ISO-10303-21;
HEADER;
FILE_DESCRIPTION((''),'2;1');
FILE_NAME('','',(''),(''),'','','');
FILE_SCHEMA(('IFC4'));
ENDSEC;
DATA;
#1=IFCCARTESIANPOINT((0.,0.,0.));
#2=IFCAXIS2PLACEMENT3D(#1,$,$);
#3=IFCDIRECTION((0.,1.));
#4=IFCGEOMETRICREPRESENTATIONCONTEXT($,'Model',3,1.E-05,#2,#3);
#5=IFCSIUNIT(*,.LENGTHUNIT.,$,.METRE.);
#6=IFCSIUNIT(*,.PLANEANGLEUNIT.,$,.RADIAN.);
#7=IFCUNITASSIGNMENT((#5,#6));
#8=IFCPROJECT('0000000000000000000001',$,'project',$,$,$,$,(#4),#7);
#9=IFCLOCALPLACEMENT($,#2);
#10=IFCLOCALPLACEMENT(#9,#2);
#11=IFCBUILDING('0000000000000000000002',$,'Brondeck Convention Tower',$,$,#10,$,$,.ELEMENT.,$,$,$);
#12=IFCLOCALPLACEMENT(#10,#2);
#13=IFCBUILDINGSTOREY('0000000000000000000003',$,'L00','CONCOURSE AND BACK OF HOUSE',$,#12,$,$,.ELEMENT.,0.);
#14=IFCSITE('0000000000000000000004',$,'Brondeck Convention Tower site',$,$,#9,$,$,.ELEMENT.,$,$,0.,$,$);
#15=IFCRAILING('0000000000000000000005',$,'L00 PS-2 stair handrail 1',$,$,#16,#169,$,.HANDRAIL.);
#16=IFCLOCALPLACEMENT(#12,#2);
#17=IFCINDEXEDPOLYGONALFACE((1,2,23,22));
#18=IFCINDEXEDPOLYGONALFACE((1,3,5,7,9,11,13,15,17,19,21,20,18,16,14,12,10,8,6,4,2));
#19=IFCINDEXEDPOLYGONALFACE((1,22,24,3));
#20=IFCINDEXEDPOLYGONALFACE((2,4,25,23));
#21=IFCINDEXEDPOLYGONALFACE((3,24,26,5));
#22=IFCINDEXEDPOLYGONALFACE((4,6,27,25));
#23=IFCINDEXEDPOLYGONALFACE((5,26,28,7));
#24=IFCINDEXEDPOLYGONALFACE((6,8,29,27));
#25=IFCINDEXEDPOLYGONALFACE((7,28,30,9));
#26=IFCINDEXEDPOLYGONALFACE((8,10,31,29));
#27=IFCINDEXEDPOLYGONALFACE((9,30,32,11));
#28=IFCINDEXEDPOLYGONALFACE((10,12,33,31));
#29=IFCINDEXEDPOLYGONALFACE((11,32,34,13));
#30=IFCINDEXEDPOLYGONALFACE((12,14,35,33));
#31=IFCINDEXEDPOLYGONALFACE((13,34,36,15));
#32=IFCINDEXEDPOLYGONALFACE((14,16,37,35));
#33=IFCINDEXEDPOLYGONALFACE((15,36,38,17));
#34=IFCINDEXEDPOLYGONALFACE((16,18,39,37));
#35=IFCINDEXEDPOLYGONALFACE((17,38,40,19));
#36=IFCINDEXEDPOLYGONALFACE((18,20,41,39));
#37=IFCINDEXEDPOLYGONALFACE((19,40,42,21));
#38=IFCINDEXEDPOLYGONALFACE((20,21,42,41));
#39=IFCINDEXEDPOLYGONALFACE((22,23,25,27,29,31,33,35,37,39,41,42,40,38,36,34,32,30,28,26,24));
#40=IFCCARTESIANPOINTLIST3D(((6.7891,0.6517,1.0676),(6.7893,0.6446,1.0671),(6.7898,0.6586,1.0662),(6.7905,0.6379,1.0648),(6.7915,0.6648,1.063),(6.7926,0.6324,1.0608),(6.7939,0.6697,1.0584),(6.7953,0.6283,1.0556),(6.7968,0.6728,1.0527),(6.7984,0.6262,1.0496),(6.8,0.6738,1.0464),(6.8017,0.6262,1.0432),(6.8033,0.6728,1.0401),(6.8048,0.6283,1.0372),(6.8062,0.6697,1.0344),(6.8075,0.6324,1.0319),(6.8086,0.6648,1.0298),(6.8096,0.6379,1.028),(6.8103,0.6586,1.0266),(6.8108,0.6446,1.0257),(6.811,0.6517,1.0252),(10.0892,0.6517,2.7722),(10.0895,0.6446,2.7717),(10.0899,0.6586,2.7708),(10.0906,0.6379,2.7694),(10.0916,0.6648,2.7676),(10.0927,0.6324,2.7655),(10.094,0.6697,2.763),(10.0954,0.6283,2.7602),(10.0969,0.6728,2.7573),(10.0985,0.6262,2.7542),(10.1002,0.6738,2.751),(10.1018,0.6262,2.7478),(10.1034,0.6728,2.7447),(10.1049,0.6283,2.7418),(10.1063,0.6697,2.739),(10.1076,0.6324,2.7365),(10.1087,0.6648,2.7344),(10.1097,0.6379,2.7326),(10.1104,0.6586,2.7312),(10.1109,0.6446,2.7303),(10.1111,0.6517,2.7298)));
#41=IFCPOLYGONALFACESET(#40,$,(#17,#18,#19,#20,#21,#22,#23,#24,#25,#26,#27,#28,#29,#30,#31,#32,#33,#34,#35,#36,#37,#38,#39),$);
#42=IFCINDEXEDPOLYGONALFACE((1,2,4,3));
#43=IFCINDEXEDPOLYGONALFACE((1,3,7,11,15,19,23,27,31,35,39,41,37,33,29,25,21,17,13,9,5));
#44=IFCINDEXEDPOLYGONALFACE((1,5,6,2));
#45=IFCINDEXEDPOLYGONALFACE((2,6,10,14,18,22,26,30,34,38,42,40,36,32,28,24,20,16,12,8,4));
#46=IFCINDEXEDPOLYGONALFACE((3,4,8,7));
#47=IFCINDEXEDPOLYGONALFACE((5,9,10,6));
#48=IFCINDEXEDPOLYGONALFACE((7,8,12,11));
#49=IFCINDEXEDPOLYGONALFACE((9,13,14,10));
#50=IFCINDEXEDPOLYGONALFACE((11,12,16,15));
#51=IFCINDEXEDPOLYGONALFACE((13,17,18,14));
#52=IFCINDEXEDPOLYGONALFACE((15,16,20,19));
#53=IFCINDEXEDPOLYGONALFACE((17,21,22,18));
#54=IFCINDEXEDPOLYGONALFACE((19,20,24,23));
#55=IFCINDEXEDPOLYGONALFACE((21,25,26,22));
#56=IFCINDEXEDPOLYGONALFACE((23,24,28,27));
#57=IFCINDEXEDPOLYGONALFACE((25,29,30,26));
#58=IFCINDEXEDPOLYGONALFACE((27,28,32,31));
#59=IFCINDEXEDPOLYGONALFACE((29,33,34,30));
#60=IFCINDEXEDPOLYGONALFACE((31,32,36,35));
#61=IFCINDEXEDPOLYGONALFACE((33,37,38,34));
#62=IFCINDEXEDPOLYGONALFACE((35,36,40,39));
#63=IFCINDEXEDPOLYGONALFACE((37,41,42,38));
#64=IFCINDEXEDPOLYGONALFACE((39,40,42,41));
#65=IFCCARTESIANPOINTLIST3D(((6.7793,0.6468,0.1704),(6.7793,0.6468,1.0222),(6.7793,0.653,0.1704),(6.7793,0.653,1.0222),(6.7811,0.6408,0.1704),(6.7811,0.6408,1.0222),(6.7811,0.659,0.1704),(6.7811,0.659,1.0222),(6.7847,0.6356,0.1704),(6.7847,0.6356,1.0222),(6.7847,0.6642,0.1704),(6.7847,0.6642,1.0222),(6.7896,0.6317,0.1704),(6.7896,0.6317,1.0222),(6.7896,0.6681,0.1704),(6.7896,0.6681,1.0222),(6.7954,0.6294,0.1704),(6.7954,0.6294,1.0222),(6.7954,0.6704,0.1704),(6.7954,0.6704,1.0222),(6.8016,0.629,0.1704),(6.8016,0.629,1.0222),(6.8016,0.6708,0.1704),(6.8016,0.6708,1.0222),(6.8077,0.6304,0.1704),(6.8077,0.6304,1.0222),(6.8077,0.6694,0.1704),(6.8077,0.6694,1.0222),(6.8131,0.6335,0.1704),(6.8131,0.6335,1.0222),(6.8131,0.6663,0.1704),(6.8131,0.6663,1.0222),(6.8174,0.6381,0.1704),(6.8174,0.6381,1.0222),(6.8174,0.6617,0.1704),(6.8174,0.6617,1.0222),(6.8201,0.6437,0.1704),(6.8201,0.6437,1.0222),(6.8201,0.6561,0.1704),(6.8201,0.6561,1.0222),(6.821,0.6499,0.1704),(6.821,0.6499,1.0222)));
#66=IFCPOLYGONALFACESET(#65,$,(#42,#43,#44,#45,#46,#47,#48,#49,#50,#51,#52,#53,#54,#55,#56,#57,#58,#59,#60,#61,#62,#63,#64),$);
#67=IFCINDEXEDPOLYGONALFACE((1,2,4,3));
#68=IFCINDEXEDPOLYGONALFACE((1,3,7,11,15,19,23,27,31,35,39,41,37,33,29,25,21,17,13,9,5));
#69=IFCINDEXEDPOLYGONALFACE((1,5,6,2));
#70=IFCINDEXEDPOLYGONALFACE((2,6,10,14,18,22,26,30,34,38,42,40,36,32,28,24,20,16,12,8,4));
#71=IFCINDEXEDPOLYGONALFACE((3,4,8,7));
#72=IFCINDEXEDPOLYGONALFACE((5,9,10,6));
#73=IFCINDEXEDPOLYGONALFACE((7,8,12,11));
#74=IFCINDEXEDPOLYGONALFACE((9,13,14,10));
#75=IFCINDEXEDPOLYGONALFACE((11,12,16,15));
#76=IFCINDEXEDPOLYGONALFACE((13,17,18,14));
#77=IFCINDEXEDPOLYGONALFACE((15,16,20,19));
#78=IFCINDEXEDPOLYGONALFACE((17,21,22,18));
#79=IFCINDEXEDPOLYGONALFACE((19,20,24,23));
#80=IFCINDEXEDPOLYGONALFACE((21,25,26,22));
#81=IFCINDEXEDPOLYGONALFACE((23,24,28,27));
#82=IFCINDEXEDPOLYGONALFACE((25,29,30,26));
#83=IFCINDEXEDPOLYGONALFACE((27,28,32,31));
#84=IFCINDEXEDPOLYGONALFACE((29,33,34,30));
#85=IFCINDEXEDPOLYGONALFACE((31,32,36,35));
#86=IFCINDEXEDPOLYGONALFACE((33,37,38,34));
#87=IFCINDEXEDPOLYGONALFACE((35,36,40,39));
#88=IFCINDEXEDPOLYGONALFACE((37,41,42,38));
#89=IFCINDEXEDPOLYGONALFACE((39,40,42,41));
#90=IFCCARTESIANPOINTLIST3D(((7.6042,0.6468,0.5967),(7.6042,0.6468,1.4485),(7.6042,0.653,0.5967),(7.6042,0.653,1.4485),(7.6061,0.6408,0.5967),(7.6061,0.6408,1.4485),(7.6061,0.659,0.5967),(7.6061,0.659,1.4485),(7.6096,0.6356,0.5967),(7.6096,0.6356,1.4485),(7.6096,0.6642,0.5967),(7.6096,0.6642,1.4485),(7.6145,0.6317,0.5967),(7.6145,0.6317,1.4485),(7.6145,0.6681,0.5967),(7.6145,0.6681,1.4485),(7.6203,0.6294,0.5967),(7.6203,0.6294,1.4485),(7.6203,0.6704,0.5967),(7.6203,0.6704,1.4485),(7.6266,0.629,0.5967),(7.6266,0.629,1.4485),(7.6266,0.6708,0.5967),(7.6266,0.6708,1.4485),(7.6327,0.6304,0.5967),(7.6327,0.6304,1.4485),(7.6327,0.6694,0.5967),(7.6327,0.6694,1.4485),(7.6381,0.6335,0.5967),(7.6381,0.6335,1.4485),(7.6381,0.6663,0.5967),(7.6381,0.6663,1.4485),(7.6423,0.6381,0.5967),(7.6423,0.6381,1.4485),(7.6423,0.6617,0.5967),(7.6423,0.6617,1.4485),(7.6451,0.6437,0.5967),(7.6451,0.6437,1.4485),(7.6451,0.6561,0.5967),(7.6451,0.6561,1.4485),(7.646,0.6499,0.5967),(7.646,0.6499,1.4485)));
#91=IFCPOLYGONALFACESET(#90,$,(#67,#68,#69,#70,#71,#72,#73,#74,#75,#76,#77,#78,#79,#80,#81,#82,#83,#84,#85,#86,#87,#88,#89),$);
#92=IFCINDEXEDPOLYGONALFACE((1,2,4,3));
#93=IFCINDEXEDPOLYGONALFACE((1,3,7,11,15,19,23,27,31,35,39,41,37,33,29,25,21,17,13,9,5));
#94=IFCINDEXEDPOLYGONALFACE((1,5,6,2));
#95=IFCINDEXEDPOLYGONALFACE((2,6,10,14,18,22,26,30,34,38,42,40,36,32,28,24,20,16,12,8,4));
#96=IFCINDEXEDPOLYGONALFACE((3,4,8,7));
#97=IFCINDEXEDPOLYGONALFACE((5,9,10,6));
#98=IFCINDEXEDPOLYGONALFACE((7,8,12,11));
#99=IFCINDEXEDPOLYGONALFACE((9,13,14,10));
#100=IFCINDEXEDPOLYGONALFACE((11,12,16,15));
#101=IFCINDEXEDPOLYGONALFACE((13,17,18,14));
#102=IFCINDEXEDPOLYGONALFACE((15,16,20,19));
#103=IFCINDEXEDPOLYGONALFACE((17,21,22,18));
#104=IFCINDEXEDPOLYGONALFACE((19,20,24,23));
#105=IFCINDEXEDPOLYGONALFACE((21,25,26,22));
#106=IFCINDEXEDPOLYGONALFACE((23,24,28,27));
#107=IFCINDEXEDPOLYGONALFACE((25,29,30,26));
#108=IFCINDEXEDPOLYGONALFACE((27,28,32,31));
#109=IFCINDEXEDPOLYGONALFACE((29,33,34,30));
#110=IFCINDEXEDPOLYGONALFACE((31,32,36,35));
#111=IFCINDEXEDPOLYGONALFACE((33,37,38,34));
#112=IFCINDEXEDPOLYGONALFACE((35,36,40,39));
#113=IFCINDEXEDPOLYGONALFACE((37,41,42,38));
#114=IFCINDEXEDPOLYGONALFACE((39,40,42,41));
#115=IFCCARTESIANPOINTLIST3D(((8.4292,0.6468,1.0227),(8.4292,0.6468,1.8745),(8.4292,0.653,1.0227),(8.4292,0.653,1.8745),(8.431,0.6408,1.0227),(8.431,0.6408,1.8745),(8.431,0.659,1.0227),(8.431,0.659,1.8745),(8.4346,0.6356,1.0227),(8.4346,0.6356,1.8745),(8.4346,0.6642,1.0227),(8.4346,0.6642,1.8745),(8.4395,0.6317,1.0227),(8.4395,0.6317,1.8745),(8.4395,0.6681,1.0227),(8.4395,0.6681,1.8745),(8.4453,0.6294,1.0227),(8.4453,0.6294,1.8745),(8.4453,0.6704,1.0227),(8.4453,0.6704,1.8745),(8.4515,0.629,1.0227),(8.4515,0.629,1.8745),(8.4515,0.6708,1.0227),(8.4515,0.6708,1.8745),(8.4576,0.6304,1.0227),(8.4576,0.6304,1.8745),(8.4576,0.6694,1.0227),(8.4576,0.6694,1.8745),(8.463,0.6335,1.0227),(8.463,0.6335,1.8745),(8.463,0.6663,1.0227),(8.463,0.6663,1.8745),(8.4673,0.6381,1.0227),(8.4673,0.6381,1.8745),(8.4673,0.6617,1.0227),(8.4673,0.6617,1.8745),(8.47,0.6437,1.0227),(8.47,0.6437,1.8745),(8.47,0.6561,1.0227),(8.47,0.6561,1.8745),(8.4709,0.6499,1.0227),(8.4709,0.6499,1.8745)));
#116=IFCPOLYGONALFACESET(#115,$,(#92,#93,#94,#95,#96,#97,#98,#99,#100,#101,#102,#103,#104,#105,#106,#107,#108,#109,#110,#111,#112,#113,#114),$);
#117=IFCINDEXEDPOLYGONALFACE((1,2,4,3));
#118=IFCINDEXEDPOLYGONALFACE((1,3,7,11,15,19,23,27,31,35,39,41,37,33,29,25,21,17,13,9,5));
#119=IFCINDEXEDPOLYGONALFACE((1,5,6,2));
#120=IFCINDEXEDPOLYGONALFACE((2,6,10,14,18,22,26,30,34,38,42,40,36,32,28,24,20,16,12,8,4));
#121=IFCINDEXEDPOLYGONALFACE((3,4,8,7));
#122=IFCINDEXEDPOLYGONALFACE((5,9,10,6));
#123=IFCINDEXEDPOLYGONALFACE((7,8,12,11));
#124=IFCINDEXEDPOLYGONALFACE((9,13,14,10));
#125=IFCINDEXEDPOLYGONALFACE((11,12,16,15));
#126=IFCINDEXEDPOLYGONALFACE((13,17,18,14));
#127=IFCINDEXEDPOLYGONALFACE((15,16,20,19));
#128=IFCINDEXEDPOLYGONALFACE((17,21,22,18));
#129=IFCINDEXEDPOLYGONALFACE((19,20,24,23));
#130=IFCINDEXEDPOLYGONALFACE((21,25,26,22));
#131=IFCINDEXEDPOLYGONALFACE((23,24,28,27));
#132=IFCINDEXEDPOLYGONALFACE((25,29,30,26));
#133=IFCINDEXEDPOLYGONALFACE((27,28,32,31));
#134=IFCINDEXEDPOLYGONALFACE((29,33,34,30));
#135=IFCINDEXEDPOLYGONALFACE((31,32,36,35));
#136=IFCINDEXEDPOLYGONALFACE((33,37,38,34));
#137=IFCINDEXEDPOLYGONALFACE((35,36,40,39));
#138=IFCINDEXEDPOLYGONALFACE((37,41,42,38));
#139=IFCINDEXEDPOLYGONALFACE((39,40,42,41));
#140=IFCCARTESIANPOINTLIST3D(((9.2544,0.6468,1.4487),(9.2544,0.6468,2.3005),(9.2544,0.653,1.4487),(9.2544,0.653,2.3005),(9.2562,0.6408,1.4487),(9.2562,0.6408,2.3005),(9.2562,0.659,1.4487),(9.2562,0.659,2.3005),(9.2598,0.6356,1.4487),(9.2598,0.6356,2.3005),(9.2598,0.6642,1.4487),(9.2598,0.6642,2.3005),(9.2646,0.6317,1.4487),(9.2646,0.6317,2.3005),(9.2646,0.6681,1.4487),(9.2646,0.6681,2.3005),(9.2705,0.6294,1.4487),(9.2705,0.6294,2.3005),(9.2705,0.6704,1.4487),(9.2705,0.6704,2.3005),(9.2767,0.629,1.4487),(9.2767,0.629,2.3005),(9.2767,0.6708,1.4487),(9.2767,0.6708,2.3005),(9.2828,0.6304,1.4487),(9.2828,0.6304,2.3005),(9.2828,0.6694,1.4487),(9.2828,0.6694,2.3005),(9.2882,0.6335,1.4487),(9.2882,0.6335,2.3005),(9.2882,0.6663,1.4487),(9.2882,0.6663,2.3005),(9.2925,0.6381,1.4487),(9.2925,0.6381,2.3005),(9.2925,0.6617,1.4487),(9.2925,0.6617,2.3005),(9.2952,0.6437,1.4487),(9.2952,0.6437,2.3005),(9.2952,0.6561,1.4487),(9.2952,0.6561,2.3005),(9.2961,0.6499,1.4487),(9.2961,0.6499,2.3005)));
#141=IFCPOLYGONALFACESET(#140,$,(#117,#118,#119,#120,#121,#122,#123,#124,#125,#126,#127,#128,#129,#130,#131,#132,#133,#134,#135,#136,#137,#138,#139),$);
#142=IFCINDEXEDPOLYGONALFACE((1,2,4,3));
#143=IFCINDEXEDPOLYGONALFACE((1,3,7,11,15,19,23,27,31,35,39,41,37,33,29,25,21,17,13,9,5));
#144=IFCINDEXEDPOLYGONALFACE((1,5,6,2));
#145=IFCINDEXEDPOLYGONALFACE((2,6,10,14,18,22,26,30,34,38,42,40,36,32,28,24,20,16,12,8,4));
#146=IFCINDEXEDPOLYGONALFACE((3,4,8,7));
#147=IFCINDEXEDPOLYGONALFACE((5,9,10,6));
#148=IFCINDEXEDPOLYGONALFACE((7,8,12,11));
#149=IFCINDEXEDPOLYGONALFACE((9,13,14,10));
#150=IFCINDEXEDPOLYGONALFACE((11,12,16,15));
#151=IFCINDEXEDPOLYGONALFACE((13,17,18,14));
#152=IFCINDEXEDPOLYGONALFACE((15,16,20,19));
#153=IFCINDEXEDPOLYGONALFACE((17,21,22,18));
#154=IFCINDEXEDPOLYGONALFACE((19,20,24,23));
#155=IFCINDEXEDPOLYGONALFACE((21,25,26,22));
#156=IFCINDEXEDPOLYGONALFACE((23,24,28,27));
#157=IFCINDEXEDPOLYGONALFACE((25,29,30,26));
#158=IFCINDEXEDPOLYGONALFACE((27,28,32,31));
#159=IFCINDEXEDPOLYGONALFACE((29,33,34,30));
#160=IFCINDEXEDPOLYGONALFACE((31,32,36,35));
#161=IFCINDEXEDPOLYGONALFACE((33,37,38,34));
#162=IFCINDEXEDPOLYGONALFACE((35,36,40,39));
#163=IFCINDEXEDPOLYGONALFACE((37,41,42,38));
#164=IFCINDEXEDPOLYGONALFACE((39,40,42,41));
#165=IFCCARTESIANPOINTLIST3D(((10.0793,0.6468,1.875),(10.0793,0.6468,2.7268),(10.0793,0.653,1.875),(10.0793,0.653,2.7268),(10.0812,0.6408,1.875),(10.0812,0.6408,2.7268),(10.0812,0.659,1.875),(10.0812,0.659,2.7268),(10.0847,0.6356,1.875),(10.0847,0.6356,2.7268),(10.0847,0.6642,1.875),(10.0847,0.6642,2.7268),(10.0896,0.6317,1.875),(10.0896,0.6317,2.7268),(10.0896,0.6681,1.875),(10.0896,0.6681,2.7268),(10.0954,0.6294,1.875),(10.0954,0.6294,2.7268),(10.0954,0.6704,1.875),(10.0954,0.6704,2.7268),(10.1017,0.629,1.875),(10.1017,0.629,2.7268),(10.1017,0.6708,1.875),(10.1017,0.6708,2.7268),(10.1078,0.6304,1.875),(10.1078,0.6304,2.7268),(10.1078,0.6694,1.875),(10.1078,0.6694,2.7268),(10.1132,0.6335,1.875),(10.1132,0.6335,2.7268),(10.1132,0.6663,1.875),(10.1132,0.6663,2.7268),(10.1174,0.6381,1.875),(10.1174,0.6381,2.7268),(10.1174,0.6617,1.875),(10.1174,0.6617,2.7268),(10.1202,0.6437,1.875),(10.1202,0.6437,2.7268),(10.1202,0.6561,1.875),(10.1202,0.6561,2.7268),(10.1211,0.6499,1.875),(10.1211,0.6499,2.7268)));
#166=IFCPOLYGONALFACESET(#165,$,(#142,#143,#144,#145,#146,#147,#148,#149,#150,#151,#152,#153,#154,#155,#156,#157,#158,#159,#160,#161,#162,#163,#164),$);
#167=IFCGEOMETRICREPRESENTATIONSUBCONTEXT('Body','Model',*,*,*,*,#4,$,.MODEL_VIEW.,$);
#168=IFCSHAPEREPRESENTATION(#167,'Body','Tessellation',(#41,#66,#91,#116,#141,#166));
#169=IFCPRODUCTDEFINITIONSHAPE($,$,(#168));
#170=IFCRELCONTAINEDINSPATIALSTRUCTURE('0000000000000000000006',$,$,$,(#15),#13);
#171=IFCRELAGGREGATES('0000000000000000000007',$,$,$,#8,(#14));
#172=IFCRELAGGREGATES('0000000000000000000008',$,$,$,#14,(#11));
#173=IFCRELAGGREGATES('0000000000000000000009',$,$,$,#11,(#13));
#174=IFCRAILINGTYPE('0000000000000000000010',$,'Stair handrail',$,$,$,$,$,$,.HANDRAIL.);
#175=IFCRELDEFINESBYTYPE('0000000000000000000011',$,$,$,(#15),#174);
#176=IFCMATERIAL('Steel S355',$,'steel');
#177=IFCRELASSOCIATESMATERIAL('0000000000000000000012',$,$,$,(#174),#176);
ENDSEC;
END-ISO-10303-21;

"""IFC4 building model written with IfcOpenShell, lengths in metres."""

from ifc_helpers import new_model, si_unit, direction, frame, origin, origin_2d, place, context, subcontext, project, spatial, circle, extrude, material, type_object, element, save


model = new_model("IFC4")

# Units and contexts
model_context = context("Model", 3, precision=1e-05, world=origin(), true_north=direction((0.0, 1.0)))
body_context = subcontext(model_context, "Body", "Model", "MODEL_VIEW")
ifc_project = project(units=[si_unit("LENGTHUNIT", "METRE"), si_unit("PLANEANGLEUNIT", "RADIAN")], contexts=[model_context])

# Site, building, storey
site_placement = place(None, origin())
site = spatial("IfcSite", under=ifc_project, at=site_placement, Name="Brondeck Convention Tower site", CompositionType="ELEMENT", RefElevation=0.0)
building_placement = place(site_placement, origin())
building = spatial("IfcBuilding", under=site, at=building_placement, Name="Brondeck Convention Tower", CompositionType="ELEMENT")
storey_placement = place(building_placement, origin())
storey = spatial("IfcBuildingStorey", under=building, at=storey_placement, Name="L00", Description="CONCOURSE AND BACK OF HOUSE", CompositionType="ELEMENT", Elevation=0.0)

# Railing
ifc_material_1 = material(Name="Steel S355", Category="steel")
railing_type_1 = type_object("IfcRailingType", Name="Stair handrail", PredefinedType="HANDRAIL", material=ifc_material_1)
for number, where, name in (
    (1, (6.8, 0.6499, 0.1704), "L00 PS-2 stair handrail 1"),
):
    element("IfcRailing", number, at=place(storey_placement, frame(where)), inside=storey, type_object=railing_type_1, Name=name, PredefinedType="HANDRAIL", context=body_context, shape_type="SweptSolid", body=[
        extrude(circle(Radius=0.0239, at=origin_2d()), frame((0.0, 0.0, 0.876), z_axis=(0.888474, 0.0, 0.458928), x_axis=(0.0, 1.0, 0.0)), (0.0, 0.0, 1.0), 3.7144),
        extrude(circle(Radius=0.021, at=origin_2d()), origin(), (0.0, 0.0, 1.0), 0.8518),
        extrude(circle(Radius=0.021, at=origin_2d()), frame((0.825, 0.0, 0.4263)), (0.0, 0.0, 1.0), 0.8518),
        extrude(circle(Radius=0.021, at=origin_2d()), frame((1.6499, 0.0, 0.8523)), (0.0, 0.0, 1.0), 0.8518),
        extrude(circle(Radius=0.021, at=origin_2d()), frame((2.4751, 0.0, 1.2783)), (0.0, 0.0, 1.0), 0.8518),
        extrude(circle(Radius=0.021, at=origin_2d()), frame((3.3, 0.0, 1.7046)), (0.0, 0.0, 1.0), 0.8518),
    ])

save(model, "model.ifc")
